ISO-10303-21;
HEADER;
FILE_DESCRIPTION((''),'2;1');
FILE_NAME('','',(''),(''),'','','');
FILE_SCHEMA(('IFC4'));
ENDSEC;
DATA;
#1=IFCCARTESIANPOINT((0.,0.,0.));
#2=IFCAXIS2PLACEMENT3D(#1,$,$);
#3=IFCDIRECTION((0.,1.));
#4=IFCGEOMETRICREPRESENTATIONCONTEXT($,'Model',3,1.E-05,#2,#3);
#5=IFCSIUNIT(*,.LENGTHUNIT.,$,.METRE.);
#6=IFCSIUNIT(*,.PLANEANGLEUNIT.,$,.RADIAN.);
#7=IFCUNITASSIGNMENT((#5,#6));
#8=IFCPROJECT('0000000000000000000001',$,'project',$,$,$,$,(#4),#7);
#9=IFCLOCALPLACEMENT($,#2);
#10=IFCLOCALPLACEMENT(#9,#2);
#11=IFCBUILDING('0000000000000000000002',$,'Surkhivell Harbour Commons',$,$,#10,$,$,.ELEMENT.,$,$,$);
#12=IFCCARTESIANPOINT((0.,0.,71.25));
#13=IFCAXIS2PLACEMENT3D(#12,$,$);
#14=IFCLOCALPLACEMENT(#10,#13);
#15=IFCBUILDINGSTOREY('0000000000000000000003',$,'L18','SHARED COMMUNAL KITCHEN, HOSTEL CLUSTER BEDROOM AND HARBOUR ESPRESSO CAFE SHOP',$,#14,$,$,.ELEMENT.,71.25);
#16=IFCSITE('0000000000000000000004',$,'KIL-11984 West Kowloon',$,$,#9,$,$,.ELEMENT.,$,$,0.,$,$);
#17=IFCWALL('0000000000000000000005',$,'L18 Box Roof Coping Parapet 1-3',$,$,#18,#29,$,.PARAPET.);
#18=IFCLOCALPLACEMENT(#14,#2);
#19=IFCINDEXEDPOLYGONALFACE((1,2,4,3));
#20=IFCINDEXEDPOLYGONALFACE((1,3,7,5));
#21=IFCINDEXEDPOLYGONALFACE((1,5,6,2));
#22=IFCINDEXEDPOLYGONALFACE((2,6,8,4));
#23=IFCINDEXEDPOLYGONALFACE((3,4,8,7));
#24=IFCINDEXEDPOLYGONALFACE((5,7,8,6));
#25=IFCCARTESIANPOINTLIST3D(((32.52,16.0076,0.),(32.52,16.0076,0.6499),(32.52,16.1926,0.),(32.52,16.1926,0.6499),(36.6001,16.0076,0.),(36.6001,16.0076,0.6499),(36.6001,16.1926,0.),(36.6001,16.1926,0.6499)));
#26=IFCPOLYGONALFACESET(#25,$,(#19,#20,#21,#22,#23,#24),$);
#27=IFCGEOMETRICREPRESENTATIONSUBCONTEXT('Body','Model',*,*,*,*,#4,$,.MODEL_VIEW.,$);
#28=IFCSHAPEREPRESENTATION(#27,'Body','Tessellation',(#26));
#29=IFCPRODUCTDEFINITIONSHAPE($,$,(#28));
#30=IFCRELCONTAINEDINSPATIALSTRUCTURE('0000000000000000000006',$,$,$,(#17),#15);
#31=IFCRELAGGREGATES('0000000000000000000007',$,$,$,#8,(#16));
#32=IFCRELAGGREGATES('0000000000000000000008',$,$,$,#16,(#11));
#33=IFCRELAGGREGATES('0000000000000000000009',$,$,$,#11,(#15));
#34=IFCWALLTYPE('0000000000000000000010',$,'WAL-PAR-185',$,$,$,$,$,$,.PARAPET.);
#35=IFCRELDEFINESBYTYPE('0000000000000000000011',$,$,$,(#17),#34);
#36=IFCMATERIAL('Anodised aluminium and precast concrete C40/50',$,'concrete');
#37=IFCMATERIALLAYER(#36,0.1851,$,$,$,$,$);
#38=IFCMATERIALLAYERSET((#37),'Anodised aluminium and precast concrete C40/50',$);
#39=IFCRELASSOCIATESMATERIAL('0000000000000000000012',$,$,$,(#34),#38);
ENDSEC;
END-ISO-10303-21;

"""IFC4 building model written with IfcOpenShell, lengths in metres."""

from ifc_helpers import new_model, si_unit, direction, frame, frame_2d, origin, place, context, subcontext, project, spatial, rectangle, extrude, material, layer, layer_set, type_object, element, save


model = new_model("IFC4")

# Units and contexts
model_context = context("Model", 3, precision=1e-05, world=origin(), true_north=direction((0.0, 1.0)))
body_context = subcontext(model_context, "Body", "Model", "MODEL_VIEW")
ifc_project = project(units=[si_unit("LENGTHUNIT", "METRE"), si_unit("PLANEANGLEUNIT", "RADIAN")], contexts=[model_context])

# Site, building, storey
site_placement = place(None, origin())
site = spatial("IfcSite", under=ifc_project, at=site_placement, Name="KIL-11984 West Kowloon", CompositionType="ELEMENT", RefElevation=0.0)
building_placement = place(site_placement, origin())
building = spatial("IfcBuilding", under=site, at=building_placement, Name="Surkhivell Harbour Commons", CompositionType="ELEMENT")
storey_placement = place(building_placement, frame((0.0, 0.0, 71.25)))
storey = spatial("IfcBuildingStorey", under=building, at=storey_placement, Name="L18", Description="SHARED COMMUNAL KITCHEN, HOSTEL CLUSTER BEDROOM AND HARBOUR ESPRESSO CAFE SHOP", CompositionType="ELEMENT", Elevation=71.25)

# Wall
ifc_material_1 = material(Name="Anodised aluminium and precast concrete C40/50", Category="concrete")
ifc_layer_1 = layer(ifc_material_1, 0.1851)
ifc_layer_set_1 = layer_set([ifc_layer_1], Name="Anodised aluminium and precast concrete C40/50")
wall_type_1 = type_object("IfcWallType", Name="WAL-PAR-185", PredefinedType="PARAPET", material=ifc_layer_set_1)
wall_1_placement = place(storey_placement, frame((36.6001, 16.1001, 0.0), z_axis=(0.0, 0.0, 1.0), x_axis=(-1.0, 0.0, 0.0)))
element("IfcWall", 1, at=wall_1_placement, inside=storey, type_object=wall_type_1, Name="L18 Box Roof Coping Parapet 1-3", PredefinedType="PARAPET", context=body_context, shape_type="SweptSolid", body=[
    extrude(rectangle(XDim=4.0801, YDim=0.1851, at=frame_2d((2.04, 0.0))), origin(), (0.0, 0.0, 1.0), 0.6499),
])

save(model, "model.ifc")
